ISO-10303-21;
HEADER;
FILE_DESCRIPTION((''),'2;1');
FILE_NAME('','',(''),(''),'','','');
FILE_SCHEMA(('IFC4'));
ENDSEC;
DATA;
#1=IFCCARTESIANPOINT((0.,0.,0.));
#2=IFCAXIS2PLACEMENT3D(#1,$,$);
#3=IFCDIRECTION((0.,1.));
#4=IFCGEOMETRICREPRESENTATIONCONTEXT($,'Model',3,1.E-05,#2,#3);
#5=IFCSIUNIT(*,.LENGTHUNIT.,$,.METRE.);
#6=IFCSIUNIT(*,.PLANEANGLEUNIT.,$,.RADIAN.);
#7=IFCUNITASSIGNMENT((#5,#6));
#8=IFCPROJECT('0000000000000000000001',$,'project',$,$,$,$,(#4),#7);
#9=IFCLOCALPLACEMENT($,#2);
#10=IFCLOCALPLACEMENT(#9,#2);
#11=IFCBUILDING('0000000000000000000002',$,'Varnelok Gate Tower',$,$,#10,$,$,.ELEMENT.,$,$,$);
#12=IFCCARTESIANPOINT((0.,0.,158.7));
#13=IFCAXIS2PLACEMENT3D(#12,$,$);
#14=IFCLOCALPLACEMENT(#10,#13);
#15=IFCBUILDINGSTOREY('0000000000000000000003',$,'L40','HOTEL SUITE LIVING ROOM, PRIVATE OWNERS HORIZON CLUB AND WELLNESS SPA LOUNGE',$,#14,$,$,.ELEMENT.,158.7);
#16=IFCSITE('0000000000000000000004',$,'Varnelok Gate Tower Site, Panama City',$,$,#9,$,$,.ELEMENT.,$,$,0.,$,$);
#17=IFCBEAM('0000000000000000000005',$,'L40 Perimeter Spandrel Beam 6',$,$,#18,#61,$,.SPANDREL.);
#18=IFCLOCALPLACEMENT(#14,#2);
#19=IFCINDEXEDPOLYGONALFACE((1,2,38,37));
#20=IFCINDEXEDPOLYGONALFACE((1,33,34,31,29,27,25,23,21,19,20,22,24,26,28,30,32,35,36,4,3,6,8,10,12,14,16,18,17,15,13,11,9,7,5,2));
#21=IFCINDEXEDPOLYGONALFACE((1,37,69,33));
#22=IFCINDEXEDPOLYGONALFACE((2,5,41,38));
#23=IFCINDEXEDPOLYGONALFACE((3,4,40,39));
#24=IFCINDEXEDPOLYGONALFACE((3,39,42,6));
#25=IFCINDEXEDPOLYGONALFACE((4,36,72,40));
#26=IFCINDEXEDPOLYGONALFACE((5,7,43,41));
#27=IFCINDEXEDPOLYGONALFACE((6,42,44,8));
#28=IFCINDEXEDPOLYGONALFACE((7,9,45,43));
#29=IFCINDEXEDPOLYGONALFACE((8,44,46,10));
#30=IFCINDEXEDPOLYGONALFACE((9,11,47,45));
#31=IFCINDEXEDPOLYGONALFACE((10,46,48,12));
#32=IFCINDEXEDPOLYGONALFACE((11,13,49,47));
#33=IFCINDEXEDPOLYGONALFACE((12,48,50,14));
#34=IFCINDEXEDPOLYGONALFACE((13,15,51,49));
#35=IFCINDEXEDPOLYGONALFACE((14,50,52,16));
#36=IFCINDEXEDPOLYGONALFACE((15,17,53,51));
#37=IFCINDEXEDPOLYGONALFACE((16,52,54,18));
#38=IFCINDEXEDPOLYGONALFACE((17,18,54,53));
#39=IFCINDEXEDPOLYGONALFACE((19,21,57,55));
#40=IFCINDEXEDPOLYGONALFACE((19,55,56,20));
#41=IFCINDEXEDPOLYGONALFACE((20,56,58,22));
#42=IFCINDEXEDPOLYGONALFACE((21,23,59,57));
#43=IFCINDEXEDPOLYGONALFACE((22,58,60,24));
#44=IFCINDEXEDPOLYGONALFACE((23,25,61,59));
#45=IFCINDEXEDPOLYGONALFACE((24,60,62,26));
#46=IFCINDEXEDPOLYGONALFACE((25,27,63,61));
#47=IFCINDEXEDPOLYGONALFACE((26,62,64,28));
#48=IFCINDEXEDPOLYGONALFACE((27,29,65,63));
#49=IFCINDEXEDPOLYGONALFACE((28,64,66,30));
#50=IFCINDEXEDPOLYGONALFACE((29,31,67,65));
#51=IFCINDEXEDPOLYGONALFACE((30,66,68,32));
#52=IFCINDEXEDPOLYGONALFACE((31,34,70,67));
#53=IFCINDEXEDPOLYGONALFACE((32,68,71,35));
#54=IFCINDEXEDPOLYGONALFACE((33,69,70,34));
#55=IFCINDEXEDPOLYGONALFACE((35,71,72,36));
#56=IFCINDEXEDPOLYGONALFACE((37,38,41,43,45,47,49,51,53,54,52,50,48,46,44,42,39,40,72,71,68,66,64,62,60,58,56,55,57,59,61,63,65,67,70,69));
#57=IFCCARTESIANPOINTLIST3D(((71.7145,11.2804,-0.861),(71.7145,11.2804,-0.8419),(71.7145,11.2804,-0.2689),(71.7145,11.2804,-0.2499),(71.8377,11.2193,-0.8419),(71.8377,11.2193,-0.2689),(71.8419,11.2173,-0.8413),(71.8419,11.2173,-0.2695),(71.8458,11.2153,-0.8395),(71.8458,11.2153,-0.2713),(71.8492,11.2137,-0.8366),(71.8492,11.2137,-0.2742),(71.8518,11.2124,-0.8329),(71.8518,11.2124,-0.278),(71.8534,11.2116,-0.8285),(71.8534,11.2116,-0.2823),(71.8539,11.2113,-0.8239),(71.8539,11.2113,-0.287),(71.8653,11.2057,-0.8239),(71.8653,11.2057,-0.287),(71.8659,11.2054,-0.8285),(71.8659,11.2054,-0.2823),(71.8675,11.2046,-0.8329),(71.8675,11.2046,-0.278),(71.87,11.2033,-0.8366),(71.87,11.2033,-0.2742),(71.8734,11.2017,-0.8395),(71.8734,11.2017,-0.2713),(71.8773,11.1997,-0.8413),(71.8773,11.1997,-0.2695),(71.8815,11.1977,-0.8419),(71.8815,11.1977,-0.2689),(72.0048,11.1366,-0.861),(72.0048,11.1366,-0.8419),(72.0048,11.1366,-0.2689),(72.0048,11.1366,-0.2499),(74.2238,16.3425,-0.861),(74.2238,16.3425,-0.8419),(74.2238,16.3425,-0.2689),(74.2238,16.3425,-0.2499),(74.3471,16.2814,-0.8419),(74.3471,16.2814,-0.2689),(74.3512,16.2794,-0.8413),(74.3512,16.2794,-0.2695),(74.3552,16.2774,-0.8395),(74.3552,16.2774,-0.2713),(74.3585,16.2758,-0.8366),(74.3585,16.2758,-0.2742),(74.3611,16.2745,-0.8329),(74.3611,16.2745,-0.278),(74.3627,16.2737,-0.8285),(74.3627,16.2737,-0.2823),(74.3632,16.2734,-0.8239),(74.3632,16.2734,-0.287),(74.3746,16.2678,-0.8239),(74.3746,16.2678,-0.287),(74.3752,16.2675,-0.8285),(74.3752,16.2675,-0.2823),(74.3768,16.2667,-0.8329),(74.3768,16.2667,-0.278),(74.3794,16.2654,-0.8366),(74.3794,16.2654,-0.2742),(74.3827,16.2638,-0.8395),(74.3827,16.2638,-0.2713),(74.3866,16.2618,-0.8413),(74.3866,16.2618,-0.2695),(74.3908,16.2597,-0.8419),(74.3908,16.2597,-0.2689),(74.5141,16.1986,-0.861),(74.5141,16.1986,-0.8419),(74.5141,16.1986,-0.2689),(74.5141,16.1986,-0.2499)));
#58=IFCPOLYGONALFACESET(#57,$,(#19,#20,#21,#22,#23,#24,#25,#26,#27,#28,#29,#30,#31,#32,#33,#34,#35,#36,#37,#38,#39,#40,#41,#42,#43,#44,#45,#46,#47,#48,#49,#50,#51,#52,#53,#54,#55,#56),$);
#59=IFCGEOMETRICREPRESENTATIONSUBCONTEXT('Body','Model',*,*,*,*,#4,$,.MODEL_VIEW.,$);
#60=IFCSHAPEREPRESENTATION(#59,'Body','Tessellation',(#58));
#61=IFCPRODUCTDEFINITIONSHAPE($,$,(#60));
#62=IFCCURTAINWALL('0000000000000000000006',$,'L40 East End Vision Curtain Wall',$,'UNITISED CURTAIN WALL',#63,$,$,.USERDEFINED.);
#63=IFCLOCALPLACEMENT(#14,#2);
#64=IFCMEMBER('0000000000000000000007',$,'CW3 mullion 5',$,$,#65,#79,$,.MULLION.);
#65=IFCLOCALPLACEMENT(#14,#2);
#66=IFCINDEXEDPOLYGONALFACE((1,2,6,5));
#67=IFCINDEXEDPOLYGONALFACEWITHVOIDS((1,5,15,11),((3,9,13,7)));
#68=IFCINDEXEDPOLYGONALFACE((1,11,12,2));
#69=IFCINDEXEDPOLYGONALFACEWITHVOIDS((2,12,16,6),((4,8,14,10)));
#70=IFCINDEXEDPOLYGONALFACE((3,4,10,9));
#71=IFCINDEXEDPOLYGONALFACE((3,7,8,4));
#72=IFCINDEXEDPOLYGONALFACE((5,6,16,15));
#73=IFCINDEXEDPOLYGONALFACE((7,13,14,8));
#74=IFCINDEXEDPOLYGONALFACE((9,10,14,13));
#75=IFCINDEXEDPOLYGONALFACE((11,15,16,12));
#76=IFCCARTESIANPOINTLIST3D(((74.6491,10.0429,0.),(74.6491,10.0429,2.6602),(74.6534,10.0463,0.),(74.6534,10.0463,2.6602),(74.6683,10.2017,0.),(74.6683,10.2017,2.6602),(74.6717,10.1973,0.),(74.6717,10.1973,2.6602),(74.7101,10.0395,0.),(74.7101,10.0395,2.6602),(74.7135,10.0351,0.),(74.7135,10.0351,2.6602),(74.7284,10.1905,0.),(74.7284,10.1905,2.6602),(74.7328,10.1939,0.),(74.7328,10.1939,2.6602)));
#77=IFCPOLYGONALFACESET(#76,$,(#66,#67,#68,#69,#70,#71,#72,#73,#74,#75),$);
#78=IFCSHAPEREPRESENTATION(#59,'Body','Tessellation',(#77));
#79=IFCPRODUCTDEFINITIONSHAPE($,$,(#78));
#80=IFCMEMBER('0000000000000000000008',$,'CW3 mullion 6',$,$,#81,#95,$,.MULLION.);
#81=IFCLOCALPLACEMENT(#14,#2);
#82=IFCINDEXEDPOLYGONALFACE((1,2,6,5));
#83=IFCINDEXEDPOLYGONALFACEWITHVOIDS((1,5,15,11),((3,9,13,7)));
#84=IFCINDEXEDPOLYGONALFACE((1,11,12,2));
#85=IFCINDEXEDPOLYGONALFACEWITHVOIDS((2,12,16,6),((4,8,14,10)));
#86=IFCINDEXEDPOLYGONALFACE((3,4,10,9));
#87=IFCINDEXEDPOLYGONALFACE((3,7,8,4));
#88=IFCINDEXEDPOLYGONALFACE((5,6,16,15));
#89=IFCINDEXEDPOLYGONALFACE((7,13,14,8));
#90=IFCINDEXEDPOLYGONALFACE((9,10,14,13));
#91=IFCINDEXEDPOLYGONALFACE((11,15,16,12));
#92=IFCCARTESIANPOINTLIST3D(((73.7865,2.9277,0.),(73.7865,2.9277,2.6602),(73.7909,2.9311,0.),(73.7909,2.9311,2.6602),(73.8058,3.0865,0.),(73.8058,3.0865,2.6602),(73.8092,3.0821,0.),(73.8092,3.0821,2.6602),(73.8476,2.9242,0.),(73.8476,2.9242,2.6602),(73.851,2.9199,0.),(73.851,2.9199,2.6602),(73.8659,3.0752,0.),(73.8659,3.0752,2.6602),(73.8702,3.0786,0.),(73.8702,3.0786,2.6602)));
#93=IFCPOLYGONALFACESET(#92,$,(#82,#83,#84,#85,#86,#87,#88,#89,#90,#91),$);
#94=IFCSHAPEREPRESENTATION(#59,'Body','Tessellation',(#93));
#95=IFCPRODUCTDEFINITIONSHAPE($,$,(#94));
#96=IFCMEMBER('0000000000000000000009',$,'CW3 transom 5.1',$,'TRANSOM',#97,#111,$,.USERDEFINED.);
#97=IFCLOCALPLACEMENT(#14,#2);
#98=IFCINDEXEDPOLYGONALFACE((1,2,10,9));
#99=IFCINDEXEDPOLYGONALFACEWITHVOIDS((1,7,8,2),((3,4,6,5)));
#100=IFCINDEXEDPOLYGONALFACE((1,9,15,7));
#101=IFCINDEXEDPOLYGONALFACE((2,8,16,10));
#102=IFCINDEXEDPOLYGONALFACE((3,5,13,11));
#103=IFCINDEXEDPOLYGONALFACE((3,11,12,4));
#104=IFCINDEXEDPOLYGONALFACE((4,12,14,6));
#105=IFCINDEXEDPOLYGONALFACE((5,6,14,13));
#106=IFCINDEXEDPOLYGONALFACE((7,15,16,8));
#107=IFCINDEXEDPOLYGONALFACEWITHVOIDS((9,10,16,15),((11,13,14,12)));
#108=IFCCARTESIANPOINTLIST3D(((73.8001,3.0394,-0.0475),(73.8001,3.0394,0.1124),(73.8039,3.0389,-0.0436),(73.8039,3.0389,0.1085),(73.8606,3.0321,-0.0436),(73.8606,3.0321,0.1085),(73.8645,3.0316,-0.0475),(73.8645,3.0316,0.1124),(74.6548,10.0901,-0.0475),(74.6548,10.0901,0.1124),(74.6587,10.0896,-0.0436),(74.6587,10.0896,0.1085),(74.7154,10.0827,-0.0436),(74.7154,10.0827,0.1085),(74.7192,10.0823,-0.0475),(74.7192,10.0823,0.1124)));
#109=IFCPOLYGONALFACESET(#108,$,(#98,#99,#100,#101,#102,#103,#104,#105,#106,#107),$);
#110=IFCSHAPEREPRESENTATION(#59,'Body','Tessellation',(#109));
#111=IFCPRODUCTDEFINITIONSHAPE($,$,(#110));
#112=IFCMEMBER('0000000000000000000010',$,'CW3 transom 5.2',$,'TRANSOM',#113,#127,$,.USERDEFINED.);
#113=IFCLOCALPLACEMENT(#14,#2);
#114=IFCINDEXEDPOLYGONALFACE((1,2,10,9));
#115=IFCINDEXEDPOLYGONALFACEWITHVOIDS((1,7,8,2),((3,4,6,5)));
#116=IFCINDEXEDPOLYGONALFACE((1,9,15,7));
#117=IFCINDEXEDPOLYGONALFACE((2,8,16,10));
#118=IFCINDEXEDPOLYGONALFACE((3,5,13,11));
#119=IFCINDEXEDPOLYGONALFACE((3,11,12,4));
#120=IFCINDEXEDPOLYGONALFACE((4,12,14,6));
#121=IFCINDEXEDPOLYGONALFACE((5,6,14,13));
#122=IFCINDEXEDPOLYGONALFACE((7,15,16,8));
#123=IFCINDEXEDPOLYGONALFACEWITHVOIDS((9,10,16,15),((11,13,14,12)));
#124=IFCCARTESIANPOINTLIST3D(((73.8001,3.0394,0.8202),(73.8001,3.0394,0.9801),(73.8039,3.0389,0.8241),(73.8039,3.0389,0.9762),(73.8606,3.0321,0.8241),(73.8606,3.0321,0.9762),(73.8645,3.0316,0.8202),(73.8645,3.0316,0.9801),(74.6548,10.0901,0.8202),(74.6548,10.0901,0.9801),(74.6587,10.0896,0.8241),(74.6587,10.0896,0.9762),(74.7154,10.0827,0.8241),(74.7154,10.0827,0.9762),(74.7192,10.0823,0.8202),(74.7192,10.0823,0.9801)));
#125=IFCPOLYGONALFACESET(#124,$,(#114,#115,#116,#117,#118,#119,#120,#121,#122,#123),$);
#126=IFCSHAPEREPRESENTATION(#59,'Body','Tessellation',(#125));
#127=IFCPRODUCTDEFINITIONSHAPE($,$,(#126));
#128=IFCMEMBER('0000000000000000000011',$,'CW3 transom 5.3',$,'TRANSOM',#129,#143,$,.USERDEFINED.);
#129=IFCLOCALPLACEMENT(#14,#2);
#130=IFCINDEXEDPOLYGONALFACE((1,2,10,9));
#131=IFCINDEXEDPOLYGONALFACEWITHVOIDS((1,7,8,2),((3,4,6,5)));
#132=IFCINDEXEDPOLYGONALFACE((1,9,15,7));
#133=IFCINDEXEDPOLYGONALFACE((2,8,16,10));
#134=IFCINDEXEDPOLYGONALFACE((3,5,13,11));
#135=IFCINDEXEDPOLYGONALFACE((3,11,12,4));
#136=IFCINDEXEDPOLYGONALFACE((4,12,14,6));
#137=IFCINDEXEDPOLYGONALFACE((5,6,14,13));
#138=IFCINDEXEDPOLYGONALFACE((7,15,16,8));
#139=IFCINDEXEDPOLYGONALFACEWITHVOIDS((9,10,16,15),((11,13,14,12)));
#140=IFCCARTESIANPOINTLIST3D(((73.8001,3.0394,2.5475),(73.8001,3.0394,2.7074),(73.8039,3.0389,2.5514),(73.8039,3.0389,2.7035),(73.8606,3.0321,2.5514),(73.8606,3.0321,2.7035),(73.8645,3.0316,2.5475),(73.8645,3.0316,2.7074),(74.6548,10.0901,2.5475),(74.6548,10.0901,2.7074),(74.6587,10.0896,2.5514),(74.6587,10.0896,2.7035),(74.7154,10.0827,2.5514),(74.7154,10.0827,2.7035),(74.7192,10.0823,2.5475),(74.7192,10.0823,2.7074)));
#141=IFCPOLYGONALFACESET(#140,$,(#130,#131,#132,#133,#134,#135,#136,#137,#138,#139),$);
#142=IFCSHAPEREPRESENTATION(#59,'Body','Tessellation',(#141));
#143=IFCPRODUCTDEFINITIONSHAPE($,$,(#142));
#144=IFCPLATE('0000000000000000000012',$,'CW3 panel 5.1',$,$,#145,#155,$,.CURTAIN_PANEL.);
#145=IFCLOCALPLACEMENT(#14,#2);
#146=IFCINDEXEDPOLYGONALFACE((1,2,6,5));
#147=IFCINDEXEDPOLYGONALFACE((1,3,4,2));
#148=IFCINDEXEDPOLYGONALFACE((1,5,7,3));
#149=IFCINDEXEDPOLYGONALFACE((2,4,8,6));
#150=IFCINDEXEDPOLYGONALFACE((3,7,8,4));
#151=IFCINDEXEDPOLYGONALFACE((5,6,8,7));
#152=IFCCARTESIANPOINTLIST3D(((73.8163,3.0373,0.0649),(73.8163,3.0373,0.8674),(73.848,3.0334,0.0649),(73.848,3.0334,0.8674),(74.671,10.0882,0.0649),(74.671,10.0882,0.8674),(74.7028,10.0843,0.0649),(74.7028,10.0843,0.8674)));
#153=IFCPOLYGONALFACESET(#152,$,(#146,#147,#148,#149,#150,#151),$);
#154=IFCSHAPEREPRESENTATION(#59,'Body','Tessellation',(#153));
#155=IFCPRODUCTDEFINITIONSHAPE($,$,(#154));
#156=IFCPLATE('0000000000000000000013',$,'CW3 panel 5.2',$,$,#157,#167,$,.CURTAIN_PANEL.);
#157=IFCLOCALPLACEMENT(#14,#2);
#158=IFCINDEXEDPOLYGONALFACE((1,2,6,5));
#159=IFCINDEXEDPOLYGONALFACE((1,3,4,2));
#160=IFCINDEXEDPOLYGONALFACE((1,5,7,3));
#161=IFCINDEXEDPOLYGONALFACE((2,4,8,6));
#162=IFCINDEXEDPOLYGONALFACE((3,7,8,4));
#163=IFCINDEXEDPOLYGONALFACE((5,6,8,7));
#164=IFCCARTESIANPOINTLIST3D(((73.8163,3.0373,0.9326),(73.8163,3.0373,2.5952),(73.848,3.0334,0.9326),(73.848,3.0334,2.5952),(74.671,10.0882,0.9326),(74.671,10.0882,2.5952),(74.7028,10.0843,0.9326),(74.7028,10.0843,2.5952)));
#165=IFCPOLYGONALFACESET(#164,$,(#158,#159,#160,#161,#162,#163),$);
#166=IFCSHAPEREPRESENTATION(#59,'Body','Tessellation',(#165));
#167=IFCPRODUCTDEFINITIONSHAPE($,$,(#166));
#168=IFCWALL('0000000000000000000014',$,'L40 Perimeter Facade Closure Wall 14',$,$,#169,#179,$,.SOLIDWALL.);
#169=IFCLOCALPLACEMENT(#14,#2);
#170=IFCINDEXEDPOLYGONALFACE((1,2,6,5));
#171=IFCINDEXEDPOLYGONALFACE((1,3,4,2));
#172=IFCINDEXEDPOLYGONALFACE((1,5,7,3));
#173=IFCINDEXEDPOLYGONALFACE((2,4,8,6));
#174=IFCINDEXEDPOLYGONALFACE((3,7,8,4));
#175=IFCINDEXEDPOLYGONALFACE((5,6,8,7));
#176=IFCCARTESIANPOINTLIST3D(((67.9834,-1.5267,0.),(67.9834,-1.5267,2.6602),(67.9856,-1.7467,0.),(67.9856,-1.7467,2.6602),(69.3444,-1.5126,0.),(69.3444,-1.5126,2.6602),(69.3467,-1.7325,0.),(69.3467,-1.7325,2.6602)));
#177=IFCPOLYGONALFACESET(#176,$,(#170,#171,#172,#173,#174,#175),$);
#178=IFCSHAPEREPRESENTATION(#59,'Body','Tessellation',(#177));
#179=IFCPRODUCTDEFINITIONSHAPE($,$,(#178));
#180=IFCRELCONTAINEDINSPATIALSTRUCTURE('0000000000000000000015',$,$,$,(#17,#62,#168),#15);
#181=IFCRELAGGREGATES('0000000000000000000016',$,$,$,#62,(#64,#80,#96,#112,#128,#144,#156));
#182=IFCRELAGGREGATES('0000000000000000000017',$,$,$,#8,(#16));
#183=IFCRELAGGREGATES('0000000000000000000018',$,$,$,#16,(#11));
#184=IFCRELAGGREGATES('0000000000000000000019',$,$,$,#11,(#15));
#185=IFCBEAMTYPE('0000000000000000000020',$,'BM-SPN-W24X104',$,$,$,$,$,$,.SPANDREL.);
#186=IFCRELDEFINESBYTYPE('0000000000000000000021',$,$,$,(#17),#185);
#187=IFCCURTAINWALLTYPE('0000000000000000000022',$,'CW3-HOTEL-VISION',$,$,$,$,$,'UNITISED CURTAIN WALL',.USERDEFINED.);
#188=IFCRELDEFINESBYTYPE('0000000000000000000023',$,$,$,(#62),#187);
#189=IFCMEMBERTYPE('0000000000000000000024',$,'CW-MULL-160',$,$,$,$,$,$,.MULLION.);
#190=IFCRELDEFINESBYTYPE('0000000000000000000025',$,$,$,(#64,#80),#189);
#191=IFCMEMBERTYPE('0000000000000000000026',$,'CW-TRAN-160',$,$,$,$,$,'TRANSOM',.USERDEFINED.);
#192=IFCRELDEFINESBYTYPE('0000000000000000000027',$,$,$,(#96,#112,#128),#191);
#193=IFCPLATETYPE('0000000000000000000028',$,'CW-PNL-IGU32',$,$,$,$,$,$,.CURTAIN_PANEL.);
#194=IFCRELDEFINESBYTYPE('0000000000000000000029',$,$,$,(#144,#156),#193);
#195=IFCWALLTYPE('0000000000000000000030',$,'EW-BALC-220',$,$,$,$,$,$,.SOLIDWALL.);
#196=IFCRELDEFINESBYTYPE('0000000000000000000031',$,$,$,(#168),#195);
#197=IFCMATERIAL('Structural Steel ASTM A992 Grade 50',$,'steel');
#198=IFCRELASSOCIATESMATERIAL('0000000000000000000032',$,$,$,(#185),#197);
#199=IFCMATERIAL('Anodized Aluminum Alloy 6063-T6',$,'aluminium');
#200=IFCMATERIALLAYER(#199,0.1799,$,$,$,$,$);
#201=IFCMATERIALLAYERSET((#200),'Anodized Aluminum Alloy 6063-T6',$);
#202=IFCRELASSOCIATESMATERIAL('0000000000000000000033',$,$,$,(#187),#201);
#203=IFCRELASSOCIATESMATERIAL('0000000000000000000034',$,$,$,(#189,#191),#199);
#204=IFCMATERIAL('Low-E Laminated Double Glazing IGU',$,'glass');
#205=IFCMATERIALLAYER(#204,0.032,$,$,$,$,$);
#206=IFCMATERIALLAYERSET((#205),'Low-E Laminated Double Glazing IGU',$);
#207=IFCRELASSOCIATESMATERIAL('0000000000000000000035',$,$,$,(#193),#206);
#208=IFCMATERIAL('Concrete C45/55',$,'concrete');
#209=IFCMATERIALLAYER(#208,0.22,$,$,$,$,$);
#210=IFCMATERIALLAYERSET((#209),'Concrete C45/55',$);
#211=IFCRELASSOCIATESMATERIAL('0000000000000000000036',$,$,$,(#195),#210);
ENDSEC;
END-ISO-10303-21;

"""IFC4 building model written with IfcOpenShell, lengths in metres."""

from ifc_helpers import new_model, si_unit, direction, frame, frame_2d, origin, origin_2d, place, context, subcontext, project, spatial, rectangle, hollow_rectangle, i_section, extrude, source, transform, mapped, material, layer, layer_set, material_profile, profile_set, type_object, element, aggregate, save


model = new_model("IFC4")

# Units and contexts
model_context = context("Model", 3, precision=1e-05, world=origin(), true_north=direction((0.0, 1.0)))
body_context = subcontext(model_context, "Body", "Model", "MODEL_VIEW")
ifc_project = project(units=[si_unit("LENGTHUNIT", "METRE"), si_unit("PLANEANGLEUNIT", "RADIAN")], contexts=[model_context])

# Site, building, storey
site_placement = place(None, origin())
site = spatial("IfcSite", under=ifc_project, at=site_placement, Name="Varnelok Gate Tower Site, Panama City", CompositionType="ELEMENT", RefElevation=0.0)
building_placement = place(site_placement, origin())
building = spatial("IfcBuilding", under=site, at=building_placement, Name="Varnelok Gate Tower", CompositionType="ELEMENT")
storey_placement = place(building_placement, frame((0.0, 0.0, 158.7)))
storey = spatial("IfcBuildingStorey", under=building, at=storey_placement, Name="L40", Description="HOTEL SUITE LIVING ROOM, PRIVATE OWNERS HORIZON CLUB AND WELLNESS SPA LOUNGE", CompositionType="ELEMENT", Elevation=158.7)

# Shared definitions
ifc_material_1 = material(Name="Structural Steel ASTM A992 Grade 50", Category="steel")

# Beam
ifc_material_profile_1 = material_profile(ifc_material_1, i_section(OverallWidth=0.324, OverallDepth=0.6111, WebThickness=0.0127, FlangeThickness=0.019, FilletRadius=0.0181, at=origin_2d()), Name="W24X104")
ifc_profile_set_1 = profile_set([ifc_material_profile_1], Name="Structural Steel ASTM A992 Grade 50")
beam_type_1 = type_object("IfcBeamType", Name="BM-SPN-W24X104", PredefinedType="SPANDREL", material=ifc_profile_set_1)
beam_1_placement = place(storey_placement, frame((71.8596, 11.2085, -0.5554), z_axis=(0.444134, 0.89596, 0.0), x_axis=(-0.89596, 0.444134, 0.0)))
element("IfcBeam", 1, at=beam_1_placement, inside=storey, type_object=beam_type_1, Name="L40 Perimeter Spandrel Beam 6", PredefinedType="SPANDREL", context=body_context, shape_type="SweptSolid", body=[
    extrude(i_section(OverallWidth=0.324, OverallDepth=0.6111, WebThickness=0.0127, FlangeThickness=0.019, FilletRadius=0.0181, at=origin_2d()), origin(), (0.0, 0.0, 1.0), 5.6499),
])

# Curtain wall, members, plates
ifc_material_2 = material(Name="Anodized Aluminum Alloy 6063-T6", Category="aluminium")
ifc_layer_1 = layer(ifc_material_2, 0.1799)
ifc_layer_set_1 = layer_set([ifc_layer_1], Name="Anodized Aluminum Alloy 6063-T6")
curtain_wall_type = type_object("IfcCurtainWallType", Name="CW3-HOTEL-VISION", ElementType="UNITISED CURTAIN WALL", PredefinedType="USERDEFINED", material=ifc_layer_set_1)
curtain_wall_placement = place(storey_placement, origin())
curtain_wall = element("IfcCurtainWall", 2, at=curtain_wall_placement, inside=storey, type_object=curtain_wall_type, Name="L40 East End Vision Curtain Wall", ObjectType="UNITISED CURTAIN WALL", PredefinedType="USERDEFINED")
ifc_material_profile_2 = material_profile(ifc_material_2, hollow_rectangle(XDim=0.0649, YDim=0.1599, WallThickness=0.0039, at=origin_2d()), Name="ALU160X65X4")
ifc_profile_set_2 = profile_set([ifc_material_profile_2], Name="Anodized Aluminum Alloy 6063-T6")
member_type_1 = type_object("IfcMemberType", Name="CW-MULL-160", PredefinedType="MULLION", material=ifc_profile_set_2)
member_1_placement = place(storey_placement, frame((74.6909, 10.1184, 0.0), z_axis=(0.0, 0.0, 1.0), x_axis=(0.992732, -0.120347, 0.0)))
member_1 = element("IfcMember", 3, at=member_1_placement, type_object=member_type_1, Name="CW3 mullion 5", PredefinedType="MULLION", context=body_context, shape_type="SweptSolid", body=[
    extrude(hollow_rectangle(XDim=0.0649, YDim=0.1599, WallThickness=0.0039, at=origin_2d()), origin(), (0.0, 0.0, 1.0), 2.6602),
])
member_2_placement = place(storey_placement, frame((73.8284, 3.0032, 0.0), z_axis=(0.0, 0.0, 1.0), x_axis=(0.992732, -0.120347, 0.0)))
member_2 = element("IfcMember", 4, at=member_2_placement, type_object=member_type_1, Name="CW3 mullion 6", PredefinedType="MULLION", context=body_context, shape_type="SweptSolid", body=[
    extrude(hollow_rectangle(XDim=0.0649, YDim=0.1599, WallThickness=0.0039, at=origin_2d()), origin(), (0.0, 0.0, 1.0), 2.6602),
])
ifc_material_profile_3 = material_profile(ifc_material_2, hollow_rectangle(XDim=0.0649, YDim=0.1599, WallThickness=0.0039, at=origin_2d()), Name="ALU160X65X4")
ifc_profile_set_3 = profile_set([ifc_material_profile_3], Name="Anodized Aluminum Alloy 6063-T6")
member_type_2 = type_object("IfcMemberType", Name="CW-TRAN-160", ElementType="TRANSOM", PredefinedType="USERDEFINED", material=ifc_profile_set_3)
member_3_placement = place(storey_placement, frame((74.687, 10.0862, 0.0325), z_axis=(-0.120345, -0.992732, 0.0), x_axis=(0.992732, -0.120345, 0.0)))
member_3 = element("IfcMember", 5, at=member_3_placement, type_object=member_type_2, Name="CW3 transom 5.1", ObjectType="TRANSOM", PredefinedType="USERDEFINED", context=body_context, shape_type="SweptSolid", body=[
    extrude(hollow_rectangle(XDim=0.0649, YDim=0.1599, WallThickness=0.0039, at=origin_2d()), origin(), (0.0, 0.0, 1.0), 7.1023),
])
member_4_placement = place(storey_placement, frame((74.687, 10.0862, 0.9001), z_axis=(-0.120345, -0.992732, 0.0), x_axis=(0.992732, -0.120345, 0.0)))
member_4 = element("IfcMember", 6, at=member_4_placement, type_object=member_type_2, Name="CW3 transom 5.2", ObjectType="TRANSOM", PredefinedType="USERDEFINED", context=body_context, shape_type="SweptSolid", body=[
    extrude(hollow_rectangle(XDim=0.0649, YDim=0.1599, WallThickness=0.0039, at=origin_2d()), origin(), (0.0, 0.0, 1.0), 7.1023),
])
member_5_placement = place(storey_placement, frame((74.687, 10.0862, 2.6274), z_axis=(-0.120345, -0.992732, 0.0), x_axis=(0.992732, -0.120345, 0.0)))
member_5 = element("IfcMember", 7, at=member_5_placement, type_object=member_type_2, Name="CW3 transom 5.3", ObjectType="TRANSOM", PredefinedType="USERDEFINED", context=body_context, shape_type="SweptSolid", body=[
    extrude(hollow_rectangle(XDim=0.0649, YDim=0.1599, WallThickness=0.0039, at=origin_2d()), origin(), (0.0, 0.0, 1.0), 7.1023),
])
ifc_material_3 = material(Name="Low-E Laminated Double Glazing IGU", Category="glass")
ifc_layer_2 = layer(ifc_material_3, 0.032)
ifc_layer_set_2 = layer_set([ifc_layer_2], Name="Low-E Laminated Double Glazing IGU")
plate_type = type_object("IfcPlateType", Name="CW-PNL-IGU32", PredefinedType="CURTAIN_PANEL", material=ifc_layer_set_2)
shared_shape_1 = source(origin(), body_context, "Body", "SweptSolid", [
    extrude(rectangle(XDim=7.1025, YDim=0.032, at=origin_2d()), origin(), (0.0, 0.0, 1.0), 0.8025),
])
plate_1_placement = place(storey_placement, frame((74.2595, 6.5608, 0.0649), z_axis=(0.0, 0.0, 1.0), x_axis=(-0.120347, -0.992732, 0.0)))
plate_1 = element("IfcPlate", 8, at=plate_1_placement, type_object=plate_type, Name="CW3 panel 5.1", PredefinedType="CURTAIN_PANEL", context=body_context, shape_type="MappedRepresentation", body=[
    mapped(shared_shape_1, transform((0.0, 0.0, 0.0), scale=1.0)),
])
shared_shape_2 = source(origin(), body_context, "Body", "SweptSolid", [
    extrude(rectangle(XDim=7.1025, YDim=0.032, at=origin_2d()), origin(), (0.0, 0.0, 1.0), 1.6626),
])
plate_2_placement = place(storey_placement, frame((74.2595, 6.5608, 0.9326), z_axis=(0.0, 0.0, 1.0), x_axis=(-0.120347, -0.992732, 0.0)))
plate_2 = element("IfcPlate", 9, at=plate_2_placement, type_object=plate_type, Name="CW3 panel 5.2", PredefinedType="CURTAIN_PANEL", context=body_context, shape_type="MappedRepresentation", body=[
    mapped(shared_shape_2, transform((0.0, 0.0, 0.0), scale=1.0)),
])
aggregate(curtain_wall, [member_1, member_2, member_3, member_4, member_5, plate_1, plate_2])

# Wall
ifc_material_4 = material(Name="Concrete C45/55", Category="concrete")
ifc_layer_3 = layer(ifc_material_4, 0.22)
ifc_layer_set_3 = layer_set([ifc_layer_3], Name="Concrete C45/55")
wall_type_1 = type_object("IfcWallType", Name="EW-BALC-220", PredefinedType="SOLIDWALL", material=ifc_layer_set_3)
wall_1_placement = place(storey_placement, frame((67.9844, -1.6367, 0.0), z_axis=(0.0, 0.0, 1.0), x_axis=(0.999946, 0.010403, 0.0)))
element("IfcWall", 10, at=wall_1_placement, inside=storey, type_object=wall_type_1, Name="L40 Perimeter Facade Closure Wall 14", PredefinedType="SOLIDWALL", context=body_context, shape_type="SweptSolid", body=[
    extrude(rectangle(XDim=1.3611, YDim=0.22, at=frame_2d((0.6807, 0.0))), origin(), (0.0, 0.0, 1.0), 2.6602),
])

save(model, "model.ifc")
